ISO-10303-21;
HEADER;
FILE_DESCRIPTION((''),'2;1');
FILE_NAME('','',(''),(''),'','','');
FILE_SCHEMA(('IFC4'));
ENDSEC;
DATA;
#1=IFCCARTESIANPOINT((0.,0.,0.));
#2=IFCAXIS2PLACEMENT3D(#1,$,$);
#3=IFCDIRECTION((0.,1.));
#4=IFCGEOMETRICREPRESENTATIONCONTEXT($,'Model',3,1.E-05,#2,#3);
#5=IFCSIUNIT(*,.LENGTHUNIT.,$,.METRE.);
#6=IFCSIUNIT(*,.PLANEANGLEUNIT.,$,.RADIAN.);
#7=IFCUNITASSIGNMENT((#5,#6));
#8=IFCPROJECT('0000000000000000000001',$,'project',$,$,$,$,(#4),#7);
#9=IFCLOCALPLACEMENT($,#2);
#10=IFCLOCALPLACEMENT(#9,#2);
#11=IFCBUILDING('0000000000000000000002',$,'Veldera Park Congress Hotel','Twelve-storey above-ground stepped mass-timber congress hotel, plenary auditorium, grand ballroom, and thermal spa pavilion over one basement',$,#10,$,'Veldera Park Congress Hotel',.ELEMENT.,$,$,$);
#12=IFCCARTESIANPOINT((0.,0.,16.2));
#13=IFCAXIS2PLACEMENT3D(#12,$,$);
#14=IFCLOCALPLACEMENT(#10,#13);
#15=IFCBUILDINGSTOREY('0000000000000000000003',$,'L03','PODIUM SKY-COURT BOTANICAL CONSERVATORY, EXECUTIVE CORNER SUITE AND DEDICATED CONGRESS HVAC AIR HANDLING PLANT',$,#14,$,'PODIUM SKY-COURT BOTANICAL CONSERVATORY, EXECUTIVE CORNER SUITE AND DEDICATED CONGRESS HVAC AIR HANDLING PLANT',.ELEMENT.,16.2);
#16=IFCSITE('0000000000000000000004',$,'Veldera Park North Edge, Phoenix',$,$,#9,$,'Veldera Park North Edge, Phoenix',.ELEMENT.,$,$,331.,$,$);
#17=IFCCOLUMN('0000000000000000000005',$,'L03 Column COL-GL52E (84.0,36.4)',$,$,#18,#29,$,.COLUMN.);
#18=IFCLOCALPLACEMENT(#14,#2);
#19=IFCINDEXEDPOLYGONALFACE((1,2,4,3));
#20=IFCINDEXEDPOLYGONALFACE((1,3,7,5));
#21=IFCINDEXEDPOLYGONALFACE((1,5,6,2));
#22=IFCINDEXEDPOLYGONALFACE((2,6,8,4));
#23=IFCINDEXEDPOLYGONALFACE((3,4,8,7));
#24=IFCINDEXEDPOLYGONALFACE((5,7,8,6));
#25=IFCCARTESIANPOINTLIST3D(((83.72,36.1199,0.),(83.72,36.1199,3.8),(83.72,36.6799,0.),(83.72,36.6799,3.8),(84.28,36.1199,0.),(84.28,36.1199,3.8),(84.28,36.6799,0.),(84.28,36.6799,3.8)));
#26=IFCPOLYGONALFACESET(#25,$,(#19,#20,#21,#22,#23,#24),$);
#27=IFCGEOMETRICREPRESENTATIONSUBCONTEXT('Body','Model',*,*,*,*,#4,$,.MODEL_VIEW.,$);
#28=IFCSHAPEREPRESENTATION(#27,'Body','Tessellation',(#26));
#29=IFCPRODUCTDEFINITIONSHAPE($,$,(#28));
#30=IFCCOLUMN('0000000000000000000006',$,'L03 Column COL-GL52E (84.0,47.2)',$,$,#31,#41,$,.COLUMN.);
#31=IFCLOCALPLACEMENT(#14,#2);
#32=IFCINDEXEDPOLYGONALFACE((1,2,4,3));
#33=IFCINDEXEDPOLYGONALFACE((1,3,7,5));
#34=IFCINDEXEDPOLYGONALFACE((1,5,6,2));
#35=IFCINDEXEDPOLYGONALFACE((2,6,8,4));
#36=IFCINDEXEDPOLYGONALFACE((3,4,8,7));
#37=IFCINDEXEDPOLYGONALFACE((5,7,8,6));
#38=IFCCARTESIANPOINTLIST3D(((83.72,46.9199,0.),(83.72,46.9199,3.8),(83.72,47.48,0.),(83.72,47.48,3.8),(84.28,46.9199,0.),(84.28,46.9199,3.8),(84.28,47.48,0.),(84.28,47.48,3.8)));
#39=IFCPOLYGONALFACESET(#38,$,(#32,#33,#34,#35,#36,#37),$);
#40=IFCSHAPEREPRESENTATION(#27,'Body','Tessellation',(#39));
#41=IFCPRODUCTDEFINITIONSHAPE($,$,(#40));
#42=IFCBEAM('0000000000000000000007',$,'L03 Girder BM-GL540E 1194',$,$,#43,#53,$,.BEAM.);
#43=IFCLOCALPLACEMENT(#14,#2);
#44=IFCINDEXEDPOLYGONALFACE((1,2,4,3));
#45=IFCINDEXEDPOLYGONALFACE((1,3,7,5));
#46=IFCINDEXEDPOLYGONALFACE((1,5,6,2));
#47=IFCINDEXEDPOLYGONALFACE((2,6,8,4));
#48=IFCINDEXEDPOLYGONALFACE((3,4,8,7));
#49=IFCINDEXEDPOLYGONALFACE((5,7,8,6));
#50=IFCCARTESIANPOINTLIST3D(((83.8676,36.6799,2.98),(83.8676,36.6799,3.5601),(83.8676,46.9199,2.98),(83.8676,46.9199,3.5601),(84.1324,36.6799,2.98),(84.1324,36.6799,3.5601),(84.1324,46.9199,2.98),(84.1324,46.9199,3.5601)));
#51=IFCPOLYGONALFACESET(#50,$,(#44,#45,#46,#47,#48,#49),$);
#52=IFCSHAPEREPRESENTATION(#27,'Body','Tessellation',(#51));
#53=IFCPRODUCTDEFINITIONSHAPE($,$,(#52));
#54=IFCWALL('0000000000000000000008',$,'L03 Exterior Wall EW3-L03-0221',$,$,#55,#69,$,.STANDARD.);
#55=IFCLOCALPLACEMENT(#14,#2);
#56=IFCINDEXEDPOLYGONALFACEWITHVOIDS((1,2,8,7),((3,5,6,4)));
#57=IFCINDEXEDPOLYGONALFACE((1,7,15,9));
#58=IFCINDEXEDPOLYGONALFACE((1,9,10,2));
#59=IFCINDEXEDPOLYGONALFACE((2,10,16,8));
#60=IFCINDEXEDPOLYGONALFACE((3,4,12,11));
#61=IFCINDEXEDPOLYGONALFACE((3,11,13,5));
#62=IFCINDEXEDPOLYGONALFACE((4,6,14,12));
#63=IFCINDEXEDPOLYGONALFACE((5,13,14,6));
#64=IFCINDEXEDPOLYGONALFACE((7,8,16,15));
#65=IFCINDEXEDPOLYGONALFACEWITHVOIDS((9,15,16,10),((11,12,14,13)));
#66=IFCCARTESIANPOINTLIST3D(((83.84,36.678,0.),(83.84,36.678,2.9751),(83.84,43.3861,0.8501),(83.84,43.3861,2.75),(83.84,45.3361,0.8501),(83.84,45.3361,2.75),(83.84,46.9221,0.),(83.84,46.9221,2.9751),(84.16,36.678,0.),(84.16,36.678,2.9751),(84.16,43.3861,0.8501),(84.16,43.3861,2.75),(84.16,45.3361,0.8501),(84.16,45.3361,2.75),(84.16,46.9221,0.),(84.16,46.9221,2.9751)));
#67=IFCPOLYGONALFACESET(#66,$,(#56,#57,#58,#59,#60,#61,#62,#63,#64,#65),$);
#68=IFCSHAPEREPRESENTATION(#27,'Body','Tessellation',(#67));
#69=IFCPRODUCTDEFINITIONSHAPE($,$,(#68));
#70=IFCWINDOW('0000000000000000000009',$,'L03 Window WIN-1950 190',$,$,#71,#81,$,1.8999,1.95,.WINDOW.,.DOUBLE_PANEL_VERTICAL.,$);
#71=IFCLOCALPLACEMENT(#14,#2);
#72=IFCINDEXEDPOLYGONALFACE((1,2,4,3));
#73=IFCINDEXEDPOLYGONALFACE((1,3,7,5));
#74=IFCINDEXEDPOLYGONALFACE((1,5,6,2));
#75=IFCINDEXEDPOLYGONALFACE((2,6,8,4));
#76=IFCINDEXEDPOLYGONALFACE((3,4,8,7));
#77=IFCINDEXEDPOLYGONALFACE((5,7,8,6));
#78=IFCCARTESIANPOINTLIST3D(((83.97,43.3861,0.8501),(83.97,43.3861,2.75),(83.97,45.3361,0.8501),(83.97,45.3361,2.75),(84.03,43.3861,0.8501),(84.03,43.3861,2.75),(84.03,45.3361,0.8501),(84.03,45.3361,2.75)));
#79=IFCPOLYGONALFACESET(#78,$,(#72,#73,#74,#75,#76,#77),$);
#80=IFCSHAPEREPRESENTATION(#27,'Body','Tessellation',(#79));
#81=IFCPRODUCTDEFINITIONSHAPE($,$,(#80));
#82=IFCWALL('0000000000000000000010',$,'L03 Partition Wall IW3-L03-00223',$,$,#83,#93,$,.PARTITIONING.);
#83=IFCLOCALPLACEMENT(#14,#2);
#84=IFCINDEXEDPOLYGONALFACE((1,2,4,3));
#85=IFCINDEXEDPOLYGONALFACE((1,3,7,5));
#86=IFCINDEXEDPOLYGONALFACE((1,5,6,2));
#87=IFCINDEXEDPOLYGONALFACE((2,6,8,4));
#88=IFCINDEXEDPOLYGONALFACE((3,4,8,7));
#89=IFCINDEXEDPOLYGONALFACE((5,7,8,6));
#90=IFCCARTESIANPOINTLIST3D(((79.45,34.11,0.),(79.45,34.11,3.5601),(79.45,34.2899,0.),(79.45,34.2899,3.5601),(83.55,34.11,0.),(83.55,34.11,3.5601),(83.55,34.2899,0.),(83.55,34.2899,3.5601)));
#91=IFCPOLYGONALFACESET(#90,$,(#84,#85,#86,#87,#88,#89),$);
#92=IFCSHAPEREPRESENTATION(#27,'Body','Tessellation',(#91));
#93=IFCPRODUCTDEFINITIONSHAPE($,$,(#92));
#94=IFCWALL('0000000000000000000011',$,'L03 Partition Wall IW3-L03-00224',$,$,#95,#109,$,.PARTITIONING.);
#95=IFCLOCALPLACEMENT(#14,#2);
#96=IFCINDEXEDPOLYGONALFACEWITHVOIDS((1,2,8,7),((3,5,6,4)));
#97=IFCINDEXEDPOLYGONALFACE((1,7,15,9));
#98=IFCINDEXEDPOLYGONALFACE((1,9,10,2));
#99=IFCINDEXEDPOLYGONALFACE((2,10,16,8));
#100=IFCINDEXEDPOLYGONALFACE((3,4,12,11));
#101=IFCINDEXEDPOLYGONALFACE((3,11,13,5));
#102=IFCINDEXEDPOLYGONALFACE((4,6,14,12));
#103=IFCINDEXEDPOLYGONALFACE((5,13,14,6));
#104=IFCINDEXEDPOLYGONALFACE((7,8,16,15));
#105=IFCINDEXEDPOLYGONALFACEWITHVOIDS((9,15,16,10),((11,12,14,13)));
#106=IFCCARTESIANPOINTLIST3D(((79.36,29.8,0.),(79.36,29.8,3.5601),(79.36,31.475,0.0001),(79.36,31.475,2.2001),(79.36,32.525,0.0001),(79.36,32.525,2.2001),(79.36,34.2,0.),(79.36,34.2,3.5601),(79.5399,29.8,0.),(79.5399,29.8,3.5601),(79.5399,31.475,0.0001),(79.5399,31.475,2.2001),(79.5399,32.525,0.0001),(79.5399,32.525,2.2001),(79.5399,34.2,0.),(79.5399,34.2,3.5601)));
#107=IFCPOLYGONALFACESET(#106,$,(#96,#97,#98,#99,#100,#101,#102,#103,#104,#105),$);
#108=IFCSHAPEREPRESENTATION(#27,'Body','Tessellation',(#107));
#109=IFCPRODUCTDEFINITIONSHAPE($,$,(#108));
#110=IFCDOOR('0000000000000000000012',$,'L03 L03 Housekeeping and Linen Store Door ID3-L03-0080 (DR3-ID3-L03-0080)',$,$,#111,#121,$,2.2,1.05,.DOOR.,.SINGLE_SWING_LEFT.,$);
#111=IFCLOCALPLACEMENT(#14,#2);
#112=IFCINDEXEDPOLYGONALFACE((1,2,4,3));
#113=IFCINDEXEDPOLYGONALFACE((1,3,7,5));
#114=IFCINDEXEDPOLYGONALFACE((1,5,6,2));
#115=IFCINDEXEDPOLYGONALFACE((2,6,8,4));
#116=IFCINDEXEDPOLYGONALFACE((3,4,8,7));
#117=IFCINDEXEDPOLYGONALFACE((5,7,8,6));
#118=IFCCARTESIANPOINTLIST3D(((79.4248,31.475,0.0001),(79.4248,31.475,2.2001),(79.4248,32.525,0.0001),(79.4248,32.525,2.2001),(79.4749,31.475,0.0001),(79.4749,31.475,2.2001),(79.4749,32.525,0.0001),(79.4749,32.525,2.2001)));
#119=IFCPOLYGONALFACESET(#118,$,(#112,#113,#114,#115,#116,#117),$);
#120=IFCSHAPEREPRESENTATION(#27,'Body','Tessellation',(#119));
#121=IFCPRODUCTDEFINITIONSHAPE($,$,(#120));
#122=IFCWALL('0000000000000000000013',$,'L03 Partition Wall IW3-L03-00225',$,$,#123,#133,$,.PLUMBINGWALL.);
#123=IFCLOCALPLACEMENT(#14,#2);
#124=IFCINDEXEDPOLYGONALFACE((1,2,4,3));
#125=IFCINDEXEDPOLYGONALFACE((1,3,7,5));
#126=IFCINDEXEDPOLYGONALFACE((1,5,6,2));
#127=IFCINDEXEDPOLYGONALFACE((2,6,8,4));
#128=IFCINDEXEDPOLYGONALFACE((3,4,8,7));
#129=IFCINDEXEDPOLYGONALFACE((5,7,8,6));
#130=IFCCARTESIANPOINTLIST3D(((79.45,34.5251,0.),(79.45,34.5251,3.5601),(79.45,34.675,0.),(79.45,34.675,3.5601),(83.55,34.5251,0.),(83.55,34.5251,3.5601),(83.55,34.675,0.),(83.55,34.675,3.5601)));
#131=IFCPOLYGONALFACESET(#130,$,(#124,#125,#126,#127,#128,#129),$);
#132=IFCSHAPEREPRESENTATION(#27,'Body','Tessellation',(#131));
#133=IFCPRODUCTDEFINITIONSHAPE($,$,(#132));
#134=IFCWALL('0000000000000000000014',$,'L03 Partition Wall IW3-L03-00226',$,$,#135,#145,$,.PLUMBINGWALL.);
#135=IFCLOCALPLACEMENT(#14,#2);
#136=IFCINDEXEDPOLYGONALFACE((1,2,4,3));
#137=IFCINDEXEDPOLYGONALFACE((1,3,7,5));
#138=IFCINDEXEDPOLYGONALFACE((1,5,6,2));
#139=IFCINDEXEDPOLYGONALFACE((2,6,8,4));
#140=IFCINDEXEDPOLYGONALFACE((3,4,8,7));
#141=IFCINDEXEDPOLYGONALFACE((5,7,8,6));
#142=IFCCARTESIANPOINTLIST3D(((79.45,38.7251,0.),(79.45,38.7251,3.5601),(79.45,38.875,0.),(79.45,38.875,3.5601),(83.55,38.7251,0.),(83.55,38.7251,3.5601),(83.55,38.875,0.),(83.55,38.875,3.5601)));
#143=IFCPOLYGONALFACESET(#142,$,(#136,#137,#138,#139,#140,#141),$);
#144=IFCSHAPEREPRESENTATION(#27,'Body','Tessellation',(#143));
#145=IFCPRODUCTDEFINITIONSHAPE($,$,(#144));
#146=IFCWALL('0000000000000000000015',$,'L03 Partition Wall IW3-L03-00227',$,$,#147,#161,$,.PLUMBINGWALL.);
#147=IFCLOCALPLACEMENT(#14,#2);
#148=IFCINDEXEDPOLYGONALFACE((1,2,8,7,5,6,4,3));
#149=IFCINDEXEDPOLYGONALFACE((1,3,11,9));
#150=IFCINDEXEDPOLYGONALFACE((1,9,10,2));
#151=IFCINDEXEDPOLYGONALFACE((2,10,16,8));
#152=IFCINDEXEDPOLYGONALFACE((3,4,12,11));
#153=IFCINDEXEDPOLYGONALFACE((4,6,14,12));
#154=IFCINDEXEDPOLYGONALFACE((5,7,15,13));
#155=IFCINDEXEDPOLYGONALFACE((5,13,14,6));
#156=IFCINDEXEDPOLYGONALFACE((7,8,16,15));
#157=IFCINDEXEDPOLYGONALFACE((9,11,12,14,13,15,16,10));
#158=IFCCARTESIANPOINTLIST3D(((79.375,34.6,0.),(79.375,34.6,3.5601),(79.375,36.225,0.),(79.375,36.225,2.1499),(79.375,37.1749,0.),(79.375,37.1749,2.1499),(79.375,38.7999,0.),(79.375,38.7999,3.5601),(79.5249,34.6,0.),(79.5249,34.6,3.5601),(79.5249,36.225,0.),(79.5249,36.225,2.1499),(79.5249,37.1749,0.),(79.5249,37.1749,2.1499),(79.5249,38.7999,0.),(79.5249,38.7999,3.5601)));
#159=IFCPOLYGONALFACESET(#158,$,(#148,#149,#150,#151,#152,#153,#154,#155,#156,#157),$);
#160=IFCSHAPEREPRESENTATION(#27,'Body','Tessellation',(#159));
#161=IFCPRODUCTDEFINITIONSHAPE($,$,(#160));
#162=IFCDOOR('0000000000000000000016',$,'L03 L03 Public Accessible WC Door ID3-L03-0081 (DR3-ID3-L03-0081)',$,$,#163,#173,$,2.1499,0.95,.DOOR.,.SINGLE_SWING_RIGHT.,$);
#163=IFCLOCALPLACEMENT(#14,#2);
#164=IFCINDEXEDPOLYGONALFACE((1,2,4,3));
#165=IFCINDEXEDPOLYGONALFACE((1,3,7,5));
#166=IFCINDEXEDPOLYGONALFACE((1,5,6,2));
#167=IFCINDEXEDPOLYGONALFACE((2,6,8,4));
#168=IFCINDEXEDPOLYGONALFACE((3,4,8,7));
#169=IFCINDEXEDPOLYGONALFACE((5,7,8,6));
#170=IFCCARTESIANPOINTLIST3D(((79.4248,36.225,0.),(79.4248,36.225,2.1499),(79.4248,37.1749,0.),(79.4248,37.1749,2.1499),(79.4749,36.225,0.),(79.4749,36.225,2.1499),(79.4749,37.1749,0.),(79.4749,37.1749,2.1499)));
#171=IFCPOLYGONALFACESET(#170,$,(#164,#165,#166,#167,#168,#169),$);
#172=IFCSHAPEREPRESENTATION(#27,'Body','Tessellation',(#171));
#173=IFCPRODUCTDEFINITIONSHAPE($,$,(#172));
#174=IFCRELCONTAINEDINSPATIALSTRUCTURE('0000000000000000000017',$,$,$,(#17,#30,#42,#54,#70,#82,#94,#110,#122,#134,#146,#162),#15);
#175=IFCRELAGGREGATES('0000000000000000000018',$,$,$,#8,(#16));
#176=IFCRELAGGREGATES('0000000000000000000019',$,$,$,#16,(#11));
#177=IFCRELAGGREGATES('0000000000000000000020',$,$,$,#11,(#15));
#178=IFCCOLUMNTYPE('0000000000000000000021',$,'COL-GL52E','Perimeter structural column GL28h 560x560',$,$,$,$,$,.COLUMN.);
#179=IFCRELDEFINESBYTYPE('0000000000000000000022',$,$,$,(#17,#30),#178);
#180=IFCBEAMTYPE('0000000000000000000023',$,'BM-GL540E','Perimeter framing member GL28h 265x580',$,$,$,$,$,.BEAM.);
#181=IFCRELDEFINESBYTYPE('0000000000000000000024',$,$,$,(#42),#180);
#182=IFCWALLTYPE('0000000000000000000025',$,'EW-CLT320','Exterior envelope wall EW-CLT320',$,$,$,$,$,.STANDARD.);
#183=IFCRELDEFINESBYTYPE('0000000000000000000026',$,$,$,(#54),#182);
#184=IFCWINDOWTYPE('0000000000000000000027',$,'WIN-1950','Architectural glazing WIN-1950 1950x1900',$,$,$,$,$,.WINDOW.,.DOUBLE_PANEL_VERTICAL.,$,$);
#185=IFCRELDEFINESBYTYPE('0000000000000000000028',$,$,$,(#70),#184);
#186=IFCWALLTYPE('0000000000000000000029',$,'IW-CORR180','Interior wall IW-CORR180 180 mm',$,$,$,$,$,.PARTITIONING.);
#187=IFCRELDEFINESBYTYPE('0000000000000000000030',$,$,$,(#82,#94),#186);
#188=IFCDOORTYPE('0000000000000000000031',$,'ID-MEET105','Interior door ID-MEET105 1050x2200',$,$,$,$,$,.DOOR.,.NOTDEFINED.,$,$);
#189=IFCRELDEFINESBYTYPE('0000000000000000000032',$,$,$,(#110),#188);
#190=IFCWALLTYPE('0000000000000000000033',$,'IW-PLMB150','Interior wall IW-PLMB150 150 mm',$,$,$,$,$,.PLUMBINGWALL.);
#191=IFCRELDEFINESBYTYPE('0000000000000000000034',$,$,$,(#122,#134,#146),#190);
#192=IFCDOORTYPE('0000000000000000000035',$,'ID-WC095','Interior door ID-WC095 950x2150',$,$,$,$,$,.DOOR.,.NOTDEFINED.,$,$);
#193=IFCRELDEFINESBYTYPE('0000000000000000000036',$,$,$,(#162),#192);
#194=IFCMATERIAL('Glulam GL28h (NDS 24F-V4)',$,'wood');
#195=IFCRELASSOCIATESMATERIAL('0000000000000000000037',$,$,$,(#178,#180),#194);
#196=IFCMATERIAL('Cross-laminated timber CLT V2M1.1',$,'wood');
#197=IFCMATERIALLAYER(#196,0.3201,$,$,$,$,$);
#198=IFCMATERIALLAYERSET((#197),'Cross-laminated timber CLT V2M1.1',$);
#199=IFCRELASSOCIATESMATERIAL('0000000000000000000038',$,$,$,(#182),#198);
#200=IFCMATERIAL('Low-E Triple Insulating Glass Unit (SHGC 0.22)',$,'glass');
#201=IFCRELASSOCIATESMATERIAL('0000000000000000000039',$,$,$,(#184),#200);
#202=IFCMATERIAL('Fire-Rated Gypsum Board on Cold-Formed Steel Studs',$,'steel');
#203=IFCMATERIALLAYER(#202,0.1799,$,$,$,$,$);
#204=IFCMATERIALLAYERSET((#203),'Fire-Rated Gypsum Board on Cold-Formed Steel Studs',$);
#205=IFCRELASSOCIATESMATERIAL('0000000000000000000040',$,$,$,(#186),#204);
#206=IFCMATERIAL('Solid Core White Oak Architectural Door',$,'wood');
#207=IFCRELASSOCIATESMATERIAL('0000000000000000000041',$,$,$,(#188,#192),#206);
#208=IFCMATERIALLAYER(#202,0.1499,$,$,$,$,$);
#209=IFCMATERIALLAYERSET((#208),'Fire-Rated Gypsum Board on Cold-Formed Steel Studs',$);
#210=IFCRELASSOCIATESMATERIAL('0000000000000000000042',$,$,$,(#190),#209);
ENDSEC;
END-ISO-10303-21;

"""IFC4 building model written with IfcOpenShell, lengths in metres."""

from ifc_helpers import new_model, si_unit, direction, frame, frame_2d, origin, origin_2d, place, context, subcontext, project, spatial, rectangle, extrude, material, layer, layer_set, material_profile, profile_set, type_object, element, fill, save


model = new_model("IFC4")

# Units and contexts
model_context = context("Model", 3, precision=1e-05, world=origin(), true_north=direction((0.0, 1.0)))
body_context = subcontext(model_context, "Body", "Model", "MODEL_VIEW")
ifc_project = project(units=[si_unit("LENGTHUNIT", "METRE"), si_unit("PLANEANGLEUNIT", "RADIAN")], contexts=[model_context])

# Site, building, storey
site_placement = place(None, origin())
site = spatial("IfcSite", under=ifc_project, at=site_placement, Name="Veldera Park North Edge, Phoenix", LongName="Veldera Park North Edge, Phoenix", CompositionType="ELEMENT", RefElevation=331.0)
building_placement = place(site_placement, origin())
building = spatial("IfcBuilding", under=site, at=building_placement, Name="Veldera Park Congress Hotel", Description="Twelve-storey above-ground stepped mass-timber congress hotel, plenary auditorium, grand ballroom, and thermal spa pavilion over one basement", LongName="Veldera Park Congress Hotel", CompositionType="ELEMENT")
storey_placement = place(building_placement, frame((0.0, 0.0, 16.2)))
storey = spatial("IfcBuildingStorey", under=building, at=storey_placement, Name="L03", Description="PODIUM SKY-COURT BOTANICAL CONSERVATORY, EXECUTIVE CORNER SUITE AND DEDICATED CONGRESS HVAC AIR HANDLING PLANT", LongName="PODIUM SKY-COURT BOTANICAL CONSERVATORY, EXECUTIVE CORNER SUITE AND DEDICATED CONGRESS HVAC AIR HANDLING PLANT", CompositionType="ELEMENT", Elevation=16.2)

# Columns
ifc_material_1 = material(Name="Glulam GL28h (NDS 24F-V4)", Category="wood")
ifc_material_profile_1 = material_profile(ifc_material_1, rectangle(XDim=0.5601, YDim=0.5601, at=origin_2d()), Name="GL28h 560x560")
ifc_profile_set_1 = profile_set([ifc_material_profile_1], Name="Glulam GL28h (NDS 24F-V4)")
column_type = type_object("IfcColumnType", Name="COL-GL52E", Description="Perimeter structural column GL28h 560x560", PredefinedType="COLUMN", material=ifc_profile_set_1)
for number, where, z_axis, x_axis, name in (
    (1, (84.0, 36.3999, 0.0), (0.0, 0.0, 1.0), (1.0, 0.0, 0.0), "L03 Column COL-GL52E (84.0,36.4)"),
    (2, (84.0, 47.2, 0.0), (0.0, 0.0, 1.0), (1.0, 0.0, 0.0), "L03 Column COL-GL52E (84.0,47.2)"),
):
    element("IfcColumn", number, at=place(storey_placement, frame(where, z_axis=z_axis, x_axis=x_axis)), inside=storey, type_object=column_type, Name=name, PredefinedType="COLUMN", context=body_context, shape_type="SweptSolid", body=[
        extrude(rectangle(XDim=0.5601, YDim=0.5601, at=origin_2d()), origin(), (0.0, 0.0, 1.0), 3.8),
    ])

# Beam
ifc_material_profile_2 = material_profile(ifc_material_1, rectangle(XDim=0.2649, YDim=0.5801, at=origin_2d()), Name="GL28h 265x580")
ifc_profile_set_2 = profile_set([ifc_material_profile_2], Name="Glulam GL28h (NDS 24F-V4)")
beam_type = type_object("IfcBeamType", Name="BM-GL540E", Description="Perimeter framing member GL28h 265x580", PredefinedType="BEAM", material=ifc_profile_set_2)
beam_placement = place(storey_placement, frame((84.0, 36.6799, 3.27), z_axis=(0.0, 1.0, 0.0), x_axis=(-1.0, 0.0, 0.0)))
element("IfcBeam", 3, at=beam_placement, inside=storey, type_object=beam_type, Name="L03 Girder BM-GL540E 1194", PredefinedType="BEAM", context=body_context, shape_type="SweptSolid", body=[
    extrude(rectangle(XDim=0.2649, YDim=0.5801, at=origin_2d()), origin(), (0.0, 0.0, 1.0), 10.24),
])

# Wall, opening, window
ifc_material_2 = material(Name="Cross-laminated timber CLT V2M1.1", Category="wood")
ifc_layer_1 = layer(ifc_material_2, 0.3201)
ifc_layer_set_1 = layer_set([ifc_layer_1], Name="Cross-laminated timber CLT V2M1.1")
wall_type_1 = type_object("IfcWallType", Name="EW-CLT320", Description="Exterior envelope wall EW-CLT320", PredefinedType="STANDARD", material=ifc_layer_set_1)
wall_1_placement = place(storey_placement, frame((84.0, 36.678, 0.0), z_axis=(0.0, 0.0, 1.0), x_axis=(0.0, 1.0, 0.0)))
wall_1 = element("IfcWall", 4, at=wall_1_placement, inside=storey, type_object=wall_type_1, Name="L03 Exterior Wall EW3-L03-0221", PredefinedType="STANDARD", context=body_context, shape_type="SweptSolid", body=[
    extrude(rectangle(XDim=10.2441, YDim=0.3201, at=frame_2d((5.1221, 0.0))), origin(), (0.0, 0.0, 1.0), 2.9751),
])
opening_1_placement = place(wall_1_placement, frame((6.708, 0.0, 0.8501)))
opening_1 = element("IfcOpeningElement", 5, at=opening_1_placement, cuts=wall_1, PredefinedType="OPENING", context=body_context, shape_type="SweptSolid", body=[
    extrude(rectangle(XDim=1.95, YDim=1.8999, at=frame_2d((0.9751, 0.95))), frame((0.0, 0.1721, 0.0), z_axis=(0.0, -1.0, 0.0), x_axis=(1.0, 0.0, 0.0)), (0.0, 0.0, 1.0), 0.344),
])
ifc_material_3 = material(Name="Low-E Triple Insulating Glass Unit (SHGC 0.22)", Category="glass")
window_type = type_object("IfcWindowType", Name="WIN-1950", Description="Architectural glazing WIN-1950 1950x1900", PartitioningType="DOUBLE_PANEL_VERTICAL", PredefinedType="WINDOW", material=ifc_material_3)
window_placement = place(opening_1_placement, origin())
window = element("IfcWindow", 6, at=window_placement, inside=storey, type_object=window_type, Name="L03 Window WIN-1950 190", OverallHeight=1.8999, OverallWidth=1.95, PartitioningType="DOUBLE_PANEL_VERTICAL", PredefinedType="WINDOW", context=body_context, shape_type="SweptSolid", body=[
    extrude(rectangle(XDim=1.95, YDim=1.8999, at=frame_2d((0.9751, 0.95))), frame((0.0, 0.03, 0.0), z_axis=(0.0, -1.0, 0.0), x_axis=(1.0, 0.0, 0.0)), (0.0, 0.0, 1.0), 0.0601),
])
fill(opening_1, window)

# Wall
ifc_material_4 = material(Name="Fire-Rated Gypsum Board on Cold-Formed Steel Studs", Category="steel")
ifc_layer_2 = layer(ifc_material_4, 0.1799)
ifc_layer_set_2 = layer_set([ifc_layer_2], Name="Fire-Rated Gypsum Board on Cold-Formed Steel Studs")
wall_type_2 = type_object("IfcWallType", Name="IW-CORR180", Description="Interior wall IW-CORR180 180 mm", PredefinedType="PARTITIONING", material=ifc_layer_set_2)
wall_2_placement = place(storey_placement, frame((83.55, 34.2, 0.0), z_axis=(0.0, 0.0, 1.0), x_axis=(-1.0, 0.0, 0.0)))
element("IfcWall", 7, at=wall_2_placement, inside=storey, type_object=wall_type_2, Name="L03 Partition Wall IW3-L03-00223", PredefinedType="PARTITIONING", context=body_context, shape_type="SweptSolid", body=[
    extrude(rectangle(XDim=4.1001, YDim=0.1799, at=frame_2d((2.05, 0.0))), origin(), (0.0, 0.0, 1.0), 3.5601),
])

# Wall, opening, door
wall_3_placement = place(storey_placement, frame((79.45, 34.2, 0.0), z_axis=(0.0, 0.0, 1.0), x_axis=(0.0, -1.0, 0.0)))
wall_3 = element("IfcWall", 8, at=wall_3_placement, inside=storey, type_object=wall_type_2, Name="L03 Partition Wall IW3-L03-00224", PredefinedType="PARTITIONING", context=body_context, shape_type="SweptSolid", body=[
    extrude(rectangle(XDim=4.3999, YDim=0.1799, at=frame_2d((2.2, 0.0))), origin(), (0.0, 0.0, 1.0), 3.5601),
])
opening_2_placement = place(wall_3_placement, frame((1.675, 0.0, 0.0)))
opening_2 = element("IfcOpeningElement", 9, at=opening_2_placement, cuts=wall_3, PredefinedType="OPENING", context=body_context, shape_type="SweptSolid", body=[
    extrude(rectangle(XDim=1.05, YDim=2.2, at=frame_2d((0.5249, 1.1001))), frame((0.0, 0.1021, 0.0), z_axis=(0.0, -1.0, 0.0), x_axis=(1.0, 0.0, 0.0)), (0.0, 0.0, 1.0), 0.2039),
])
ifc_material_5 = material(Name="Solid Core White Oak Architectural Door", Category="wood")
door_type_1 = type_object("IfcDoorType", Name="ID-MEET105", Description="Interior door ID-MEET105 1050x2200", OperationType="NOTDEFINED", PredefinedType="DOOR", material=ifc_material_5)
door_1_placement = place(opening_2_placement, origin())
door_1 = element("IfcDoor", 10, at=door_1_placement, inside=storey, type_object=door_type_1, Name="L03 L03 Housekeeping and Linen Store Door ID3-L03-0080 (DR3-ID3-L03-0080)", OperationType="SINGLE_SWING_LEFT", OverallHeight=2.2, OverallWidth=1.05, PredefinedType="DOOR", context=body_context, shape_type="SweptSolid", body=[
    extrude(rectangle(XDim=1.05, YDim=2.2, at=frame_2d((0.5249, 1.1001))), frame((0.0, 0.0249, 0.0), z_axis=(0.0, -1.0, 0.0), x_axis=(1.0, 0.0, 0.0)), (0.0, 0.0, 1.0), 0.05),
])
fill(opening_2, door_1)

# Walls
ifc_layer_3 = layer(ifc_material_4, 0.1499)
ifc_layer_set_3 = layer_set([ifc_layer_3], Name="Fire-Rated Gypsum Board on Cold-Formed Steel Studs")
wall_type_3 = type_object("IfcWallType", Name="IW-PLMB150", Description="Interior wall IW-PLMB150 150 mm", PredefinedType="PLUMBINGWALL", material=ifc_layer_set_3)
for number, where, z_axis, x_axis, name in (
    (11, (79.45, 34.6001, 0.0), (0.0, 0.0, 1.0), (1.0, 0.0, 0.0), "L03 Partition Wall IW3-L03-00225"),
    (12, (83.55, 38.8, 0.0), (0.0, 0.0, 1.0), (-1.0, 0.0, 0.0), "L03 Partition Wall IW3-L03-00226"),
):
    element("IfcWall", number, at=place(storey_placement, frame(where, z_axis=z_axis, x_axis=x_axis)), inside=storey, type_object=wall_type_3, Name=name, PredefinedType="PLUMBINGWALL", context=body_context, shape_type="SweptSolid", body=[
        extrude(rectangle(XDim=4.1001, YDim=0.1499, at=frame_2d((2.05, 0.0))), origin(), (0.0, 0.0, 1.0), 3.5601),
    ])

# Wall, opening, door
wall_4_placement = place(storey_placement, frame((79.45, 38.8, 0.0), z_axis=(0.0, 0.0, 1.0), x_axis=(0.0, -1.0, 0.0)))
wall_4 = element("IfcWall", 13, at=wall_4_placement, inside=storey, type_object=wall_type_3, Name="L03 Partition Wall IW3-L03-00227", PredefinedType="PLUMBINGWALL", context=body_context, shape_type="SweptSolid", body=[
    extrude(rectangle(XDim=4.2, YDim=0.1499, at=frame_2d((2.1001, 0.0))), origin(), (0.0, 0.0, 1.0), 3.5601),
])
opening_3_placement = place(wall_4_placement, frame((1.625, 0.0, 0.0)))
opening_3 = element("IfcOpeningElement", 14, at=opening_3_placement, cuts=wall_4, PredefinedType="OPENING", context=body_context, shape_type="SweptSolid", body=[
    extrude(rectangle(XDim=0.95, YDim=2.1499, at=frame_2d((0.4751, 1.075))), frame((0.0, 0.0869, 0.0), z_axis=(0.0, -1.0, 0.0), x_axis=(1.0, 0.0, 0.0)), (0.0, 0.0, 1.0), 0.1738),
])
door_type_2 = type_object("IfcDoorType", Name="ID-WC095", Description="Interior door ID-WC095 950x2150", OperationType="NOTDEFINED", PredefinedType="DOOR", material=ifc_material_5)
door_2_placement = place(opening_3_placement, origin())
door_2 = element("IfcDoor", 15, at=door_2_placement, inside=storey, type_object=door_type_2, Name="L03 L03 Public Accessible WC Door ID3-L03-0081 (DR3-ID3-L03-0081)", OperationType="SINGLE_SWING_RIGHT", OverallHeight=2.1499, OverallWidth=0.95, PredefinedType="DOOR", context=body_context, shape_type="SweptSolid", body=[
    extrude(rectangle(XDim=0.95, YDim=2.1499, at=frame_2d((0.4751, 1.075))), frame((0.0, 0.0249, 0.0), z_axis=(0.0, -1.0, 0.0), x_axis=(1.0, 0.0, 0.0)), (0.0, 0.0, 1.0), 0.05),
])
fill(opening_3, door_2)

save(model, "model.ifc")
